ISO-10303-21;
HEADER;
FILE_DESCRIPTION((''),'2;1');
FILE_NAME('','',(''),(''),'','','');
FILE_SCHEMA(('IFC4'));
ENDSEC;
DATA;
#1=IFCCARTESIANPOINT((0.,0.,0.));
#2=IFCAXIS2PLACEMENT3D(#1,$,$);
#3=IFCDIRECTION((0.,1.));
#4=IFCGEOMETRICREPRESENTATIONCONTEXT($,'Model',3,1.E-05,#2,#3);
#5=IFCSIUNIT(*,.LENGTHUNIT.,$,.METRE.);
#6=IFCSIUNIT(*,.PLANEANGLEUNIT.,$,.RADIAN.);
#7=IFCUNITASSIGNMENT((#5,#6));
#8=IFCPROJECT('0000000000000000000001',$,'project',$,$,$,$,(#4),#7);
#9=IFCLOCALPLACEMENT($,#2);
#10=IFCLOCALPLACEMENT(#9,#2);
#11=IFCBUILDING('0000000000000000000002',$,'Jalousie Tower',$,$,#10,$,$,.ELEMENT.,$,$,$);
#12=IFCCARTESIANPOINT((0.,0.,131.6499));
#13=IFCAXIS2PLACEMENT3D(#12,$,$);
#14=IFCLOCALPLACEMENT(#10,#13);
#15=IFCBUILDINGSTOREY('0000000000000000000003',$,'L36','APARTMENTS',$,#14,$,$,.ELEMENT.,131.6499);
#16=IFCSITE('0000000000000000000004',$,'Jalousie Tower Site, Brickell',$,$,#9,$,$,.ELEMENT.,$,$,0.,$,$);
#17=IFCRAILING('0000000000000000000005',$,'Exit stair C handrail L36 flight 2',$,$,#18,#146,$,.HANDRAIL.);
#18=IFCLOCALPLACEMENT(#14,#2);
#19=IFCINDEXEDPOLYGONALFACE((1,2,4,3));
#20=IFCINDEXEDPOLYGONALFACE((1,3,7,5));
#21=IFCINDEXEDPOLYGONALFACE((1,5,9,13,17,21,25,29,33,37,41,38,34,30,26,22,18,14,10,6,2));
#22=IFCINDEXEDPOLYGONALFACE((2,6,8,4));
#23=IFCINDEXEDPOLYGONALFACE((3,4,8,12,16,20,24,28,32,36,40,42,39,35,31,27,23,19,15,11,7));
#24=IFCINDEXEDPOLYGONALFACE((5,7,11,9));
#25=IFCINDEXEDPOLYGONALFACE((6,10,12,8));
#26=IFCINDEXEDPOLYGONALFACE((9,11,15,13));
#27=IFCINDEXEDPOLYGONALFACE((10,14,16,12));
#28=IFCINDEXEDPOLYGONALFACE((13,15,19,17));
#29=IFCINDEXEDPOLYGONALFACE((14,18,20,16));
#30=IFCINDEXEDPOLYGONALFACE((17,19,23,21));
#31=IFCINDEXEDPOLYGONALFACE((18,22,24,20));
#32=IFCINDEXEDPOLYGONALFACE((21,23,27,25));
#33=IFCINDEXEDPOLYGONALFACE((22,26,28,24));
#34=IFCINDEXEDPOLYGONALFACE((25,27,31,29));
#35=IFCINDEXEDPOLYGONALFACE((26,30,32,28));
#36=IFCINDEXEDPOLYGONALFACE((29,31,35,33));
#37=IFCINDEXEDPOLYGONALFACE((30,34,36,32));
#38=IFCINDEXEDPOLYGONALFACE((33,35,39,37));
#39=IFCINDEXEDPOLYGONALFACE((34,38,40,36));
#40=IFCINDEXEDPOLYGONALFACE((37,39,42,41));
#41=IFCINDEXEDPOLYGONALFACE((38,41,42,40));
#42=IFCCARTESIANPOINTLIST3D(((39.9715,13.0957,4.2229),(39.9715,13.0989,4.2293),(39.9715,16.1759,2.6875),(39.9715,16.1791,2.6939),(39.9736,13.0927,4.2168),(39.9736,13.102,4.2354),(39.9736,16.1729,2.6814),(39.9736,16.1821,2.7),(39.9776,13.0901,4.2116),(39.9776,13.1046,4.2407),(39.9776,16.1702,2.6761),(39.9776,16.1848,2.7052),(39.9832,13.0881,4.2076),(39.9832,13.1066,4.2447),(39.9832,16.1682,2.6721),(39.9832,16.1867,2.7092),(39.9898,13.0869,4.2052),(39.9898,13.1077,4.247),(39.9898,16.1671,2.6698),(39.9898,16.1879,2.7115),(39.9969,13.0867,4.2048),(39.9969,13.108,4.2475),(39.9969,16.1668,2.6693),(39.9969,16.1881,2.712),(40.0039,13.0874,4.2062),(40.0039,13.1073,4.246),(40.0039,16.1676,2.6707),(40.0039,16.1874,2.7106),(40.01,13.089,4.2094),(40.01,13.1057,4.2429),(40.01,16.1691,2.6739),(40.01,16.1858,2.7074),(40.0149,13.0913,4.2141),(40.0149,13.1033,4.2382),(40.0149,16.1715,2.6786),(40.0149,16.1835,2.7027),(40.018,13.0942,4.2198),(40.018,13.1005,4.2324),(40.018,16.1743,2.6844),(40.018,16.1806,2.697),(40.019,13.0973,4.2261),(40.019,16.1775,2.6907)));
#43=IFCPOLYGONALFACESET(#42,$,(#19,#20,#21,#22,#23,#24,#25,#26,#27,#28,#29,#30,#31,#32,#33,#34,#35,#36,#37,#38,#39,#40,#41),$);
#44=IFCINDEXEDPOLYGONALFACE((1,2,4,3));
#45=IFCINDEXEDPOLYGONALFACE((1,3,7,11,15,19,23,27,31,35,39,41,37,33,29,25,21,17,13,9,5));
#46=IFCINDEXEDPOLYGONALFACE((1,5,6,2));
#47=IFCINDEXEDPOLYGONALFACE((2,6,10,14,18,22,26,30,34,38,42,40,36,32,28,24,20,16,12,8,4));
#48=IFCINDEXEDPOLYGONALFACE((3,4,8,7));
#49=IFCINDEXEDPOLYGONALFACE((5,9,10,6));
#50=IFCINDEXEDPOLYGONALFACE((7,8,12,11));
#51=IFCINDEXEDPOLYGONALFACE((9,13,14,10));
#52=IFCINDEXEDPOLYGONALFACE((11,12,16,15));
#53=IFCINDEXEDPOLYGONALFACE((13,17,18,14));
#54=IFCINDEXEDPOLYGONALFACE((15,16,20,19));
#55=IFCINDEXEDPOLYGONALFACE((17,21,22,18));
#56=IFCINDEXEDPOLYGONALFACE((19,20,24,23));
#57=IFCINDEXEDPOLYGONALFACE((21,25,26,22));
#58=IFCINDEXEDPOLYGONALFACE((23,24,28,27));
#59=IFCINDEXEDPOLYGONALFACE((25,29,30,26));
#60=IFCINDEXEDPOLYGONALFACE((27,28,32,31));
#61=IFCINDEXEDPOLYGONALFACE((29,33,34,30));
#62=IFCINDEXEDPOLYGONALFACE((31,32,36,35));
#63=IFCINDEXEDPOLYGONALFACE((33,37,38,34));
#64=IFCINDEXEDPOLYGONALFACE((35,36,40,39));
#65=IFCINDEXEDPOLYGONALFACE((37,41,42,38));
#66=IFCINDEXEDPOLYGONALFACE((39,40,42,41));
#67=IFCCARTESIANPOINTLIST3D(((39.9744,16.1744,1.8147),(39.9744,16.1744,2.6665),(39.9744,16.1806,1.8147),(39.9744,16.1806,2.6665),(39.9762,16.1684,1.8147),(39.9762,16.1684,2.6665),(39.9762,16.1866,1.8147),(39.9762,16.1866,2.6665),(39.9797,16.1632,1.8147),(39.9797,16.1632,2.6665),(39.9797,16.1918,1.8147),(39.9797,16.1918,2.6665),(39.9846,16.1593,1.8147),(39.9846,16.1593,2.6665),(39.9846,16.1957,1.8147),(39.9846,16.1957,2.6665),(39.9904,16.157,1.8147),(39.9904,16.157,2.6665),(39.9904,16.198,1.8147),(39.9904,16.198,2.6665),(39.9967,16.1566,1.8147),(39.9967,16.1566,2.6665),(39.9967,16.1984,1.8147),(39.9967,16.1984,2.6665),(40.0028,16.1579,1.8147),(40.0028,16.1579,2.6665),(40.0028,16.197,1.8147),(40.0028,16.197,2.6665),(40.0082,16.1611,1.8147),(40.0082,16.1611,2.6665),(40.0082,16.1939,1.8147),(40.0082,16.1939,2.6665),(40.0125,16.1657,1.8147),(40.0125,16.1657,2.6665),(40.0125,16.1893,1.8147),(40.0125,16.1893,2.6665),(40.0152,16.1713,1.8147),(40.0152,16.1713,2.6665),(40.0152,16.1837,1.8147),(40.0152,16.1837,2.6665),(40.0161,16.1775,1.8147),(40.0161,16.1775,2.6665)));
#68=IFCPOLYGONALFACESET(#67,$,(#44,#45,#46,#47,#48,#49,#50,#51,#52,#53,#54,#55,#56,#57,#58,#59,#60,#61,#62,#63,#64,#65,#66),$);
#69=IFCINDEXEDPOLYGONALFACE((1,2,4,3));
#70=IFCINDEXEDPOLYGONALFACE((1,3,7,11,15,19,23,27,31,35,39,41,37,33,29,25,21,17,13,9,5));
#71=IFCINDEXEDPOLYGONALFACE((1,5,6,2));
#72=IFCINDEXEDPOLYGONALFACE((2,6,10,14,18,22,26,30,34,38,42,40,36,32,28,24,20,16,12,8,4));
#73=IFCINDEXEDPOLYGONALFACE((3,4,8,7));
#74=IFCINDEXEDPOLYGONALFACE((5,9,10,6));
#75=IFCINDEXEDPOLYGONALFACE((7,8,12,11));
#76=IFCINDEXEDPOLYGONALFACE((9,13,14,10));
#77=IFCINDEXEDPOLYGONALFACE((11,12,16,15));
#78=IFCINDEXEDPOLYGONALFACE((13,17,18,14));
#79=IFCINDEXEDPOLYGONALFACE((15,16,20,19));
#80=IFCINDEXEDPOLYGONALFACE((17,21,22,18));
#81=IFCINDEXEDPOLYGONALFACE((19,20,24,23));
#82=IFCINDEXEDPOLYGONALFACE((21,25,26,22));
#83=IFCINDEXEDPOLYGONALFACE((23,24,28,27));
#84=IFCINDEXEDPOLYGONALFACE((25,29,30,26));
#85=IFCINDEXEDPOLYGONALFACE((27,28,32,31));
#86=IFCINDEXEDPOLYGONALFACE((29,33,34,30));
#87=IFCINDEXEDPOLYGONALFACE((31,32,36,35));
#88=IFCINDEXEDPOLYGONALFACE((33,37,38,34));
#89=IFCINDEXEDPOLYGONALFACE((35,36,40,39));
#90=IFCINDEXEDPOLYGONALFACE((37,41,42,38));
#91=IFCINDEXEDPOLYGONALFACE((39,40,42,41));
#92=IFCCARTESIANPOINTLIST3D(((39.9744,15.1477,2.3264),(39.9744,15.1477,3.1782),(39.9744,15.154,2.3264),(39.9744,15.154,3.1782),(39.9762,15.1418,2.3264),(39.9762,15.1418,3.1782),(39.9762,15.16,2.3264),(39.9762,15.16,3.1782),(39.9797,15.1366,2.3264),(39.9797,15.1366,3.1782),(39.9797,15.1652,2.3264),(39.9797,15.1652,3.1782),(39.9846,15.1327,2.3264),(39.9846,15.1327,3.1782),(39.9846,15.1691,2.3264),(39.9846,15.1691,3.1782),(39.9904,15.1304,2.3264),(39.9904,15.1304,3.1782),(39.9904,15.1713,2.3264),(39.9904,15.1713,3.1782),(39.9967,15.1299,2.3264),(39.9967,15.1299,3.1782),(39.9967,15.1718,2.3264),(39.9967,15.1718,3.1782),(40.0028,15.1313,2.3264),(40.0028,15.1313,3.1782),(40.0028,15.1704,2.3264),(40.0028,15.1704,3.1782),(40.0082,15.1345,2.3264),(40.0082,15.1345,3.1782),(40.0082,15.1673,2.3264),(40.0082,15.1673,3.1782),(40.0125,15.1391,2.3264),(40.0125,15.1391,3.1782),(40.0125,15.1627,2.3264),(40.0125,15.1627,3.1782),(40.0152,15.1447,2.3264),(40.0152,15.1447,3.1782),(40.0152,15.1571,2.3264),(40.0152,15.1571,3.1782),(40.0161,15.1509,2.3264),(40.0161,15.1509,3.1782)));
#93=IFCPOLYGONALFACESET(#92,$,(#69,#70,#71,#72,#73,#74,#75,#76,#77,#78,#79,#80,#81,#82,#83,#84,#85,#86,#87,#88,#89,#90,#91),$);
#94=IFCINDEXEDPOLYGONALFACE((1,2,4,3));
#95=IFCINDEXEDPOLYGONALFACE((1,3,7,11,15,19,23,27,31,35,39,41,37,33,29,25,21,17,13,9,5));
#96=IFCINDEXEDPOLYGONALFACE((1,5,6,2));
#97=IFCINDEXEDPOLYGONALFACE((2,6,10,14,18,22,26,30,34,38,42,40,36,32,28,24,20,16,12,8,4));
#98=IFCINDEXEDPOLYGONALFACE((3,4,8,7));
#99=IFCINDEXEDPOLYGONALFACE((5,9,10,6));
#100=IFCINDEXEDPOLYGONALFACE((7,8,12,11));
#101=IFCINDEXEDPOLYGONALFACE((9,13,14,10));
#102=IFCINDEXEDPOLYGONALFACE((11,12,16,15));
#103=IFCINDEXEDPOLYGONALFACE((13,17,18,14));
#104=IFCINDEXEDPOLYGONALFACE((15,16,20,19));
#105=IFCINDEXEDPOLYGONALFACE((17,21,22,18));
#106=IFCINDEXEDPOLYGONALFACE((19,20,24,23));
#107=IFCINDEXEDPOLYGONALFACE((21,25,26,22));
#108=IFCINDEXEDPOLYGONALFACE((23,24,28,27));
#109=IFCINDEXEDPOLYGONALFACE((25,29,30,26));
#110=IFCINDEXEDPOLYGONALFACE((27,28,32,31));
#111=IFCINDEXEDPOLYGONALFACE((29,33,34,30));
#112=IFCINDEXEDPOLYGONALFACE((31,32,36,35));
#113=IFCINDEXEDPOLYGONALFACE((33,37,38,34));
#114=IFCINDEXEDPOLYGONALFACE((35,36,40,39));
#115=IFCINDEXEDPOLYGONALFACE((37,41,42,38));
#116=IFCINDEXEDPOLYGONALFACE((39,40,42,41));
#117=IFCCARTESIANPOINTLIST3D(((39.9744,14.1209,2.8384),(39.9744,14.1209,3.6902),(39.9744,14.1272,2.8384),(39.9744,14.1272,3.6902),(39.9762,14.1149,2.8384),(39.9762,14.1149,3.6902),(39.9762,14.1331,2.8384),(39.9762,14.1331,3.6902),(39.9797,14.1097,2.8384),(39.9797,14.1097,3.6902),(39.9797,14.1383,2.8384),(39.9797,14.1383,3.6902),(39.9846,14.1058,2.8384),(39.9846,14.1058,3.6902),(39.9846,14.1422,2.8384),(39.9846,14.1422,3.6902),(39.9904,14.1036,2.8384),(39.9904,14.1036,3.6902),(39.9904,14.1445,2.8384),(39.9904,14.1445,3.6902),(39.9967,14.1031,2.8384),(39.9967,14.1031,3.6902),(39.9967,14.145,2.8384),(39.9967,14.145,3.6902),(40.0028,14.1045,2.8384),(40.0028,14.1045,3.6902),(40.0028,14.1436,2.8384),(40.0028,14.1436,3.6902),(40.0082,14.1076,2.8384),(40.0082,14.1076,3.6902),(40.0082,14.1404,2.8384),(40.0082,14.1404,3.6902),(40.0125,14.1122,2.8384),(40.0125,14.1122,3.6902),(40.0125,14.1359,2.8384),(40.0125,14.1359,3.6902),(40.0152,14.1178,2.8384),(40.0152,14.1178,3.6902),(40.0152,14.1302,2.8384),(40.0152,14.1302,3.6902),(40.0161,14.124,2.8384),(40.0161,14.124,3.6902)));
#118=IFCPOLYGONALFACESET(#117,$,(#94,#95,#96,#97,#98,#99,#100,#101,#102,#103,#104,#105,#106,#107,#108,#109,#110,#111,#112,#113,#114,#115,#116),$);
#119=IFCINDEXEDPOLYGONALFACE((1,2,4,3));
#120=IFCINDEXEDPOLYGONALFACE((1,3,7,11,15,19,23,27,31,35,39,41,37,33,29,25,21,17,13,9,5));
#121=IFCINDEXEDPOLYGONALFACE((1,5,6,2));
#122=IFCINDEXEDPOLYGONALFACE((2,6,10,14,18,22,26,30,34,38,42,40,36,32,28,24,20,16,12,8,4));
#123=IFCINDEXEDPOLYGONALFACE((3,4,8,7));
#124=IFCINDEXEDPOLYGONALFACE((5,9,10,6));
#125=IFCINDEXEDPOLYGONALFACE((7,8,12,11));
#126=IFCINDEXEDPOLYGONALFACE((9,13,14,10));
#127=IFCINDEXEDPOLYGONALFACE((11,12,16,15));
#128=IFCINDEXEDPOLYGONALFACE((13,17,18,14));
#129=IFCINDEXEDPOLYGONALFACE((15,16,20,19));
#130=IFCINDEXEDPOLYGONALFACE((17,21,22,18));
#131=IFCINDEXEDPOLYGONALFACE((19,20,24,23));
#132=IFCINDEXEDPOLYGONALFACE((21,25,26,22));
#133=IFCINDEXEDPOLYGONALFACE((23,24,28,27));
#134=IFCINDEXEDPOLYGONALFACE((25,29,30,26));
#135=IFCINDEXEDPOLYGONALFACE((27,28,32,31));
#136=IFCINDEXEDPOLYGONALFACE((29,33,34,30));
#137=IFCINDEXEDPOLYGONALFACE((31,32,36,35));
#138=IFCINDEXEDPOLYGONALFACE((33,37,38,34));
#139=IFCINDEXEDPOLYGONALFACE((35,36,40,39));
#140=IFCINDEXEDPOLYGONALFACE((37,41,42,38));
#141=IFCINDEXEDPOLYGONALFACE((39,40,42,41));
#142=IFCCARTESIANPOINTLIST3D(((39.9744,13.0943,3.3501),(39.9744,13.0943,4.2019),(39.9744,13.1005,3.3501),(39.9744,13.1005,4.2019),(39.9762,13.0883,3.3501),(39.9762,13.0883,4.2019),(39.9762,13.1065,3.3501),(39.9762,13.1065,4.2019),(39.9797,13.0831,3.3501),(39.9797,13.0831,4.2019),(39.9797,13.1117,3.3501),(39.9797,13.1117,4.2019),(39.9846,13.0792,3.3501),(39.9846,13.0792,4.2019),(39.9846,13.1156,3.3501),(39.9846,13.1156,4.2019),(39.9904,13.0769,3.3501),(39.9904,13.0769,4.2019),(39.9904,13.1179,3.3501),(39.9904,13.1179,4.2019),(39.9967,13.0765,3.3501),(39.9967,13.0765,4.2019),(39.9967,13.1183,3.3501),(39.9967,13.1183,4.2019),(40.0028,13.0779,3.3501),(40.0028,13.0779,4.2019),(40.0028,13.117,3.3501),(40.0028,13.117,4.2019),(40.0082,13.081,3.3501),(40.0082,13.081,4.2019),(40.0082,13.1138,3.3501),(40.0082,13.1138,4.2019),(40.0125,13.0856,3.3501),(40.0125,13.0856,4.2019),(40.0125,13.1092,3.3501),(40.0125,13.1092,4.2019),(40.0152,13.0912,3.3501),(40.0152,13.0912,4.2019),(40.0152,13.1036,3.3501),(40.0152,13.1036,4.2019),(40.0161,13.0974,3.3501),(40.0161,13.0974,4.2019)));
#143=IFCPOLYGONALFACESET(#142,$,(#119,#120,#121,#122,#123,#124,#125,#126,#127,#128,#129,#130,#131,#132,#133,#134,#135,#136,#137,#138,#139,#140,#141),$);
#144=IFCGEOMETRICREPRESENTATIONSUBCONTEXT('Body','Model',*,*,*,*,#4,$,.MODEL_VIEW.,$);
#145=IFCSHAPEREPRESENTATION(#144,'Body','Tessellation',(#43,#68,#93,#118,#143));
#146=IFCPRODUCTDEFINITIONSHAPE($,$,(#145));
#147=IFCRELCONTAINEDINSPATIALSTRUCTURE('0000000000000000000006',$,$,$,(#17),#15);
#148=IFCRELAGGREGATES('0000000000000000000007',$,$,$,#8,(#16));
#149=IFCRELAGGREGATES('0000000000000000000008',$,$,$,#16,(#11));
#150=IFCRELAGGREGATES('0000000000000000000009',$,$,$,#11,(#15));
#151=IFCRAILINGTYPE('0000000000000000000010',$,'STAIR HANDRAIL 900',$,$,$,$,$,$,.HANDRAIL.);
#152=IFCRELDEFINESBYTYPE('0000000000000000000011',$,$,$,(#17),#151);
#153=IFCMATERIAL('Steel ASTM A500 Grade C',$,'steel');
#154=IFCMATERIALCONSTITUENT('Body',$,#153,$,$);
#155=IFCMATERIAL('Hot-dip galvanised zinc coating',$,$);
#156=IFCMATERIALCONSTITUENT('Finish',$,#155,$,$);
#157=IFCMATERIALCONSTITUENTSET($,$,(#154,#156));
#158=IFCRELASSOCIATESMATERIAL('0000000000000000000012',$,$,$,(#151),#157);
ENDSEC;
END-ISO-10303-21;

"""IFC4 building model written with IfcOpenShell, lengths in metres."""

from ifc_helpers import new_model, si_unit, direction, frame, origin, origin_2d, place, context, subcontext, project, spatial, circle, extrude, material, constituent, constituent_set, type_object, element, save


model = new_model("IFC4")

# Units and contexts
model_context = context("Model", 3, precision=1e-05, world=origin(), true_north=direction((0.0, 1.0)))
body_context = subcontext(model_context, "Body", "Model", "MODEL_VIEW")
ifc_project = project(units=[si_unit("LENGTHUNIT", "METRE"), si_unit("PLANEANGLEUNIT", "RADIAN")], contexts=[model_context])

# Site, building, storey
site_placement = place(None, origin())
site = spatial("IfcSite", under=ifc_project, at=site_placement, Name="Jalousie Tower Site, Brickell", CompositionType="ELEMENT", RefElevation=0.0)
building_placement = place(site_placement, origin())
building = spatial("IfcBuilding", under=site, at=building_placement, Name="Jalousie Tower", CompositionType="ELEMENT")
storey_placement = place(building_placement, frame((0.0, 0.0, 131.6499)))
storey = spatial("IfcBuildingStorey", under=building, at=storey_placement, Name="L36", Description="APARTMENTS", CompositionType="ELEMENT", Elevation=131.6499)

# Railing
ifc_material_1 = material(Name="Steel ASTM A500 Grade C", Category="steel")
ifc_constituent_1 = constituent(ifc_material_1, Name="Body")
ifc_material_2 = material(Name="Hot-dip galvanised zinc coating")
ifc_constituent_2 = constituent(ifc_material_2, Name="Finish")
ifc_constituent_set_1 = constituent_set(constituents=[ifc_constituent_1, ifc_constituent_2])
railing_type_1 = type_object("IfcRailingType", Name="STAIR HANDRAIL 900", PredefinedType="HANDRAIL", material=ifc_constituent_set_1)
railing_1_placement = place(storey_placement, frame((39.9951, 16.1775, 1.8147)))
element("IfcRailing", 1, at=railing_1_placement, inside=storey, type_object=railing_type_1, Name="Exit stair C handrail L36 flight 2", PredefinedType="HANDRAIL", context=body_context, shape_type="SweptSolid", body=[
    extrude(circle(Radius=0.0239, at=origin_2d()), frame((0.0, 0.0, 0.876), z_axis=(0.0, -0.894966, 0.446135), x_axis=(1.0, 0.0, 0.0)), (0.0, 0.0, 1.0), 3.4417),
    extrude(circle(Radius=0.021, at=origin_2d()), origin(), (0.0, 0.0, 1.0), 0.8518),
    extrude(circle(Radius=0.021, at=origin_2d()), frame((0.0, -1.0266, 0.5117)), (0.0, 0.0, 1.0), 0.8518),
    extrude(circle(Radius=0.021, at=origin_2d()), frame((0.0, -2.0535, 1.0237)), (0.0, 0.0, 1.0), 0.8518),
    extrude(circle(Radius=0.021, at=origin_2d()), frame((0.0, -3.0801, 1.5354)), (0.0, 0.0, 1.0), 0.8518),
])

save(model, "model.ifc")
